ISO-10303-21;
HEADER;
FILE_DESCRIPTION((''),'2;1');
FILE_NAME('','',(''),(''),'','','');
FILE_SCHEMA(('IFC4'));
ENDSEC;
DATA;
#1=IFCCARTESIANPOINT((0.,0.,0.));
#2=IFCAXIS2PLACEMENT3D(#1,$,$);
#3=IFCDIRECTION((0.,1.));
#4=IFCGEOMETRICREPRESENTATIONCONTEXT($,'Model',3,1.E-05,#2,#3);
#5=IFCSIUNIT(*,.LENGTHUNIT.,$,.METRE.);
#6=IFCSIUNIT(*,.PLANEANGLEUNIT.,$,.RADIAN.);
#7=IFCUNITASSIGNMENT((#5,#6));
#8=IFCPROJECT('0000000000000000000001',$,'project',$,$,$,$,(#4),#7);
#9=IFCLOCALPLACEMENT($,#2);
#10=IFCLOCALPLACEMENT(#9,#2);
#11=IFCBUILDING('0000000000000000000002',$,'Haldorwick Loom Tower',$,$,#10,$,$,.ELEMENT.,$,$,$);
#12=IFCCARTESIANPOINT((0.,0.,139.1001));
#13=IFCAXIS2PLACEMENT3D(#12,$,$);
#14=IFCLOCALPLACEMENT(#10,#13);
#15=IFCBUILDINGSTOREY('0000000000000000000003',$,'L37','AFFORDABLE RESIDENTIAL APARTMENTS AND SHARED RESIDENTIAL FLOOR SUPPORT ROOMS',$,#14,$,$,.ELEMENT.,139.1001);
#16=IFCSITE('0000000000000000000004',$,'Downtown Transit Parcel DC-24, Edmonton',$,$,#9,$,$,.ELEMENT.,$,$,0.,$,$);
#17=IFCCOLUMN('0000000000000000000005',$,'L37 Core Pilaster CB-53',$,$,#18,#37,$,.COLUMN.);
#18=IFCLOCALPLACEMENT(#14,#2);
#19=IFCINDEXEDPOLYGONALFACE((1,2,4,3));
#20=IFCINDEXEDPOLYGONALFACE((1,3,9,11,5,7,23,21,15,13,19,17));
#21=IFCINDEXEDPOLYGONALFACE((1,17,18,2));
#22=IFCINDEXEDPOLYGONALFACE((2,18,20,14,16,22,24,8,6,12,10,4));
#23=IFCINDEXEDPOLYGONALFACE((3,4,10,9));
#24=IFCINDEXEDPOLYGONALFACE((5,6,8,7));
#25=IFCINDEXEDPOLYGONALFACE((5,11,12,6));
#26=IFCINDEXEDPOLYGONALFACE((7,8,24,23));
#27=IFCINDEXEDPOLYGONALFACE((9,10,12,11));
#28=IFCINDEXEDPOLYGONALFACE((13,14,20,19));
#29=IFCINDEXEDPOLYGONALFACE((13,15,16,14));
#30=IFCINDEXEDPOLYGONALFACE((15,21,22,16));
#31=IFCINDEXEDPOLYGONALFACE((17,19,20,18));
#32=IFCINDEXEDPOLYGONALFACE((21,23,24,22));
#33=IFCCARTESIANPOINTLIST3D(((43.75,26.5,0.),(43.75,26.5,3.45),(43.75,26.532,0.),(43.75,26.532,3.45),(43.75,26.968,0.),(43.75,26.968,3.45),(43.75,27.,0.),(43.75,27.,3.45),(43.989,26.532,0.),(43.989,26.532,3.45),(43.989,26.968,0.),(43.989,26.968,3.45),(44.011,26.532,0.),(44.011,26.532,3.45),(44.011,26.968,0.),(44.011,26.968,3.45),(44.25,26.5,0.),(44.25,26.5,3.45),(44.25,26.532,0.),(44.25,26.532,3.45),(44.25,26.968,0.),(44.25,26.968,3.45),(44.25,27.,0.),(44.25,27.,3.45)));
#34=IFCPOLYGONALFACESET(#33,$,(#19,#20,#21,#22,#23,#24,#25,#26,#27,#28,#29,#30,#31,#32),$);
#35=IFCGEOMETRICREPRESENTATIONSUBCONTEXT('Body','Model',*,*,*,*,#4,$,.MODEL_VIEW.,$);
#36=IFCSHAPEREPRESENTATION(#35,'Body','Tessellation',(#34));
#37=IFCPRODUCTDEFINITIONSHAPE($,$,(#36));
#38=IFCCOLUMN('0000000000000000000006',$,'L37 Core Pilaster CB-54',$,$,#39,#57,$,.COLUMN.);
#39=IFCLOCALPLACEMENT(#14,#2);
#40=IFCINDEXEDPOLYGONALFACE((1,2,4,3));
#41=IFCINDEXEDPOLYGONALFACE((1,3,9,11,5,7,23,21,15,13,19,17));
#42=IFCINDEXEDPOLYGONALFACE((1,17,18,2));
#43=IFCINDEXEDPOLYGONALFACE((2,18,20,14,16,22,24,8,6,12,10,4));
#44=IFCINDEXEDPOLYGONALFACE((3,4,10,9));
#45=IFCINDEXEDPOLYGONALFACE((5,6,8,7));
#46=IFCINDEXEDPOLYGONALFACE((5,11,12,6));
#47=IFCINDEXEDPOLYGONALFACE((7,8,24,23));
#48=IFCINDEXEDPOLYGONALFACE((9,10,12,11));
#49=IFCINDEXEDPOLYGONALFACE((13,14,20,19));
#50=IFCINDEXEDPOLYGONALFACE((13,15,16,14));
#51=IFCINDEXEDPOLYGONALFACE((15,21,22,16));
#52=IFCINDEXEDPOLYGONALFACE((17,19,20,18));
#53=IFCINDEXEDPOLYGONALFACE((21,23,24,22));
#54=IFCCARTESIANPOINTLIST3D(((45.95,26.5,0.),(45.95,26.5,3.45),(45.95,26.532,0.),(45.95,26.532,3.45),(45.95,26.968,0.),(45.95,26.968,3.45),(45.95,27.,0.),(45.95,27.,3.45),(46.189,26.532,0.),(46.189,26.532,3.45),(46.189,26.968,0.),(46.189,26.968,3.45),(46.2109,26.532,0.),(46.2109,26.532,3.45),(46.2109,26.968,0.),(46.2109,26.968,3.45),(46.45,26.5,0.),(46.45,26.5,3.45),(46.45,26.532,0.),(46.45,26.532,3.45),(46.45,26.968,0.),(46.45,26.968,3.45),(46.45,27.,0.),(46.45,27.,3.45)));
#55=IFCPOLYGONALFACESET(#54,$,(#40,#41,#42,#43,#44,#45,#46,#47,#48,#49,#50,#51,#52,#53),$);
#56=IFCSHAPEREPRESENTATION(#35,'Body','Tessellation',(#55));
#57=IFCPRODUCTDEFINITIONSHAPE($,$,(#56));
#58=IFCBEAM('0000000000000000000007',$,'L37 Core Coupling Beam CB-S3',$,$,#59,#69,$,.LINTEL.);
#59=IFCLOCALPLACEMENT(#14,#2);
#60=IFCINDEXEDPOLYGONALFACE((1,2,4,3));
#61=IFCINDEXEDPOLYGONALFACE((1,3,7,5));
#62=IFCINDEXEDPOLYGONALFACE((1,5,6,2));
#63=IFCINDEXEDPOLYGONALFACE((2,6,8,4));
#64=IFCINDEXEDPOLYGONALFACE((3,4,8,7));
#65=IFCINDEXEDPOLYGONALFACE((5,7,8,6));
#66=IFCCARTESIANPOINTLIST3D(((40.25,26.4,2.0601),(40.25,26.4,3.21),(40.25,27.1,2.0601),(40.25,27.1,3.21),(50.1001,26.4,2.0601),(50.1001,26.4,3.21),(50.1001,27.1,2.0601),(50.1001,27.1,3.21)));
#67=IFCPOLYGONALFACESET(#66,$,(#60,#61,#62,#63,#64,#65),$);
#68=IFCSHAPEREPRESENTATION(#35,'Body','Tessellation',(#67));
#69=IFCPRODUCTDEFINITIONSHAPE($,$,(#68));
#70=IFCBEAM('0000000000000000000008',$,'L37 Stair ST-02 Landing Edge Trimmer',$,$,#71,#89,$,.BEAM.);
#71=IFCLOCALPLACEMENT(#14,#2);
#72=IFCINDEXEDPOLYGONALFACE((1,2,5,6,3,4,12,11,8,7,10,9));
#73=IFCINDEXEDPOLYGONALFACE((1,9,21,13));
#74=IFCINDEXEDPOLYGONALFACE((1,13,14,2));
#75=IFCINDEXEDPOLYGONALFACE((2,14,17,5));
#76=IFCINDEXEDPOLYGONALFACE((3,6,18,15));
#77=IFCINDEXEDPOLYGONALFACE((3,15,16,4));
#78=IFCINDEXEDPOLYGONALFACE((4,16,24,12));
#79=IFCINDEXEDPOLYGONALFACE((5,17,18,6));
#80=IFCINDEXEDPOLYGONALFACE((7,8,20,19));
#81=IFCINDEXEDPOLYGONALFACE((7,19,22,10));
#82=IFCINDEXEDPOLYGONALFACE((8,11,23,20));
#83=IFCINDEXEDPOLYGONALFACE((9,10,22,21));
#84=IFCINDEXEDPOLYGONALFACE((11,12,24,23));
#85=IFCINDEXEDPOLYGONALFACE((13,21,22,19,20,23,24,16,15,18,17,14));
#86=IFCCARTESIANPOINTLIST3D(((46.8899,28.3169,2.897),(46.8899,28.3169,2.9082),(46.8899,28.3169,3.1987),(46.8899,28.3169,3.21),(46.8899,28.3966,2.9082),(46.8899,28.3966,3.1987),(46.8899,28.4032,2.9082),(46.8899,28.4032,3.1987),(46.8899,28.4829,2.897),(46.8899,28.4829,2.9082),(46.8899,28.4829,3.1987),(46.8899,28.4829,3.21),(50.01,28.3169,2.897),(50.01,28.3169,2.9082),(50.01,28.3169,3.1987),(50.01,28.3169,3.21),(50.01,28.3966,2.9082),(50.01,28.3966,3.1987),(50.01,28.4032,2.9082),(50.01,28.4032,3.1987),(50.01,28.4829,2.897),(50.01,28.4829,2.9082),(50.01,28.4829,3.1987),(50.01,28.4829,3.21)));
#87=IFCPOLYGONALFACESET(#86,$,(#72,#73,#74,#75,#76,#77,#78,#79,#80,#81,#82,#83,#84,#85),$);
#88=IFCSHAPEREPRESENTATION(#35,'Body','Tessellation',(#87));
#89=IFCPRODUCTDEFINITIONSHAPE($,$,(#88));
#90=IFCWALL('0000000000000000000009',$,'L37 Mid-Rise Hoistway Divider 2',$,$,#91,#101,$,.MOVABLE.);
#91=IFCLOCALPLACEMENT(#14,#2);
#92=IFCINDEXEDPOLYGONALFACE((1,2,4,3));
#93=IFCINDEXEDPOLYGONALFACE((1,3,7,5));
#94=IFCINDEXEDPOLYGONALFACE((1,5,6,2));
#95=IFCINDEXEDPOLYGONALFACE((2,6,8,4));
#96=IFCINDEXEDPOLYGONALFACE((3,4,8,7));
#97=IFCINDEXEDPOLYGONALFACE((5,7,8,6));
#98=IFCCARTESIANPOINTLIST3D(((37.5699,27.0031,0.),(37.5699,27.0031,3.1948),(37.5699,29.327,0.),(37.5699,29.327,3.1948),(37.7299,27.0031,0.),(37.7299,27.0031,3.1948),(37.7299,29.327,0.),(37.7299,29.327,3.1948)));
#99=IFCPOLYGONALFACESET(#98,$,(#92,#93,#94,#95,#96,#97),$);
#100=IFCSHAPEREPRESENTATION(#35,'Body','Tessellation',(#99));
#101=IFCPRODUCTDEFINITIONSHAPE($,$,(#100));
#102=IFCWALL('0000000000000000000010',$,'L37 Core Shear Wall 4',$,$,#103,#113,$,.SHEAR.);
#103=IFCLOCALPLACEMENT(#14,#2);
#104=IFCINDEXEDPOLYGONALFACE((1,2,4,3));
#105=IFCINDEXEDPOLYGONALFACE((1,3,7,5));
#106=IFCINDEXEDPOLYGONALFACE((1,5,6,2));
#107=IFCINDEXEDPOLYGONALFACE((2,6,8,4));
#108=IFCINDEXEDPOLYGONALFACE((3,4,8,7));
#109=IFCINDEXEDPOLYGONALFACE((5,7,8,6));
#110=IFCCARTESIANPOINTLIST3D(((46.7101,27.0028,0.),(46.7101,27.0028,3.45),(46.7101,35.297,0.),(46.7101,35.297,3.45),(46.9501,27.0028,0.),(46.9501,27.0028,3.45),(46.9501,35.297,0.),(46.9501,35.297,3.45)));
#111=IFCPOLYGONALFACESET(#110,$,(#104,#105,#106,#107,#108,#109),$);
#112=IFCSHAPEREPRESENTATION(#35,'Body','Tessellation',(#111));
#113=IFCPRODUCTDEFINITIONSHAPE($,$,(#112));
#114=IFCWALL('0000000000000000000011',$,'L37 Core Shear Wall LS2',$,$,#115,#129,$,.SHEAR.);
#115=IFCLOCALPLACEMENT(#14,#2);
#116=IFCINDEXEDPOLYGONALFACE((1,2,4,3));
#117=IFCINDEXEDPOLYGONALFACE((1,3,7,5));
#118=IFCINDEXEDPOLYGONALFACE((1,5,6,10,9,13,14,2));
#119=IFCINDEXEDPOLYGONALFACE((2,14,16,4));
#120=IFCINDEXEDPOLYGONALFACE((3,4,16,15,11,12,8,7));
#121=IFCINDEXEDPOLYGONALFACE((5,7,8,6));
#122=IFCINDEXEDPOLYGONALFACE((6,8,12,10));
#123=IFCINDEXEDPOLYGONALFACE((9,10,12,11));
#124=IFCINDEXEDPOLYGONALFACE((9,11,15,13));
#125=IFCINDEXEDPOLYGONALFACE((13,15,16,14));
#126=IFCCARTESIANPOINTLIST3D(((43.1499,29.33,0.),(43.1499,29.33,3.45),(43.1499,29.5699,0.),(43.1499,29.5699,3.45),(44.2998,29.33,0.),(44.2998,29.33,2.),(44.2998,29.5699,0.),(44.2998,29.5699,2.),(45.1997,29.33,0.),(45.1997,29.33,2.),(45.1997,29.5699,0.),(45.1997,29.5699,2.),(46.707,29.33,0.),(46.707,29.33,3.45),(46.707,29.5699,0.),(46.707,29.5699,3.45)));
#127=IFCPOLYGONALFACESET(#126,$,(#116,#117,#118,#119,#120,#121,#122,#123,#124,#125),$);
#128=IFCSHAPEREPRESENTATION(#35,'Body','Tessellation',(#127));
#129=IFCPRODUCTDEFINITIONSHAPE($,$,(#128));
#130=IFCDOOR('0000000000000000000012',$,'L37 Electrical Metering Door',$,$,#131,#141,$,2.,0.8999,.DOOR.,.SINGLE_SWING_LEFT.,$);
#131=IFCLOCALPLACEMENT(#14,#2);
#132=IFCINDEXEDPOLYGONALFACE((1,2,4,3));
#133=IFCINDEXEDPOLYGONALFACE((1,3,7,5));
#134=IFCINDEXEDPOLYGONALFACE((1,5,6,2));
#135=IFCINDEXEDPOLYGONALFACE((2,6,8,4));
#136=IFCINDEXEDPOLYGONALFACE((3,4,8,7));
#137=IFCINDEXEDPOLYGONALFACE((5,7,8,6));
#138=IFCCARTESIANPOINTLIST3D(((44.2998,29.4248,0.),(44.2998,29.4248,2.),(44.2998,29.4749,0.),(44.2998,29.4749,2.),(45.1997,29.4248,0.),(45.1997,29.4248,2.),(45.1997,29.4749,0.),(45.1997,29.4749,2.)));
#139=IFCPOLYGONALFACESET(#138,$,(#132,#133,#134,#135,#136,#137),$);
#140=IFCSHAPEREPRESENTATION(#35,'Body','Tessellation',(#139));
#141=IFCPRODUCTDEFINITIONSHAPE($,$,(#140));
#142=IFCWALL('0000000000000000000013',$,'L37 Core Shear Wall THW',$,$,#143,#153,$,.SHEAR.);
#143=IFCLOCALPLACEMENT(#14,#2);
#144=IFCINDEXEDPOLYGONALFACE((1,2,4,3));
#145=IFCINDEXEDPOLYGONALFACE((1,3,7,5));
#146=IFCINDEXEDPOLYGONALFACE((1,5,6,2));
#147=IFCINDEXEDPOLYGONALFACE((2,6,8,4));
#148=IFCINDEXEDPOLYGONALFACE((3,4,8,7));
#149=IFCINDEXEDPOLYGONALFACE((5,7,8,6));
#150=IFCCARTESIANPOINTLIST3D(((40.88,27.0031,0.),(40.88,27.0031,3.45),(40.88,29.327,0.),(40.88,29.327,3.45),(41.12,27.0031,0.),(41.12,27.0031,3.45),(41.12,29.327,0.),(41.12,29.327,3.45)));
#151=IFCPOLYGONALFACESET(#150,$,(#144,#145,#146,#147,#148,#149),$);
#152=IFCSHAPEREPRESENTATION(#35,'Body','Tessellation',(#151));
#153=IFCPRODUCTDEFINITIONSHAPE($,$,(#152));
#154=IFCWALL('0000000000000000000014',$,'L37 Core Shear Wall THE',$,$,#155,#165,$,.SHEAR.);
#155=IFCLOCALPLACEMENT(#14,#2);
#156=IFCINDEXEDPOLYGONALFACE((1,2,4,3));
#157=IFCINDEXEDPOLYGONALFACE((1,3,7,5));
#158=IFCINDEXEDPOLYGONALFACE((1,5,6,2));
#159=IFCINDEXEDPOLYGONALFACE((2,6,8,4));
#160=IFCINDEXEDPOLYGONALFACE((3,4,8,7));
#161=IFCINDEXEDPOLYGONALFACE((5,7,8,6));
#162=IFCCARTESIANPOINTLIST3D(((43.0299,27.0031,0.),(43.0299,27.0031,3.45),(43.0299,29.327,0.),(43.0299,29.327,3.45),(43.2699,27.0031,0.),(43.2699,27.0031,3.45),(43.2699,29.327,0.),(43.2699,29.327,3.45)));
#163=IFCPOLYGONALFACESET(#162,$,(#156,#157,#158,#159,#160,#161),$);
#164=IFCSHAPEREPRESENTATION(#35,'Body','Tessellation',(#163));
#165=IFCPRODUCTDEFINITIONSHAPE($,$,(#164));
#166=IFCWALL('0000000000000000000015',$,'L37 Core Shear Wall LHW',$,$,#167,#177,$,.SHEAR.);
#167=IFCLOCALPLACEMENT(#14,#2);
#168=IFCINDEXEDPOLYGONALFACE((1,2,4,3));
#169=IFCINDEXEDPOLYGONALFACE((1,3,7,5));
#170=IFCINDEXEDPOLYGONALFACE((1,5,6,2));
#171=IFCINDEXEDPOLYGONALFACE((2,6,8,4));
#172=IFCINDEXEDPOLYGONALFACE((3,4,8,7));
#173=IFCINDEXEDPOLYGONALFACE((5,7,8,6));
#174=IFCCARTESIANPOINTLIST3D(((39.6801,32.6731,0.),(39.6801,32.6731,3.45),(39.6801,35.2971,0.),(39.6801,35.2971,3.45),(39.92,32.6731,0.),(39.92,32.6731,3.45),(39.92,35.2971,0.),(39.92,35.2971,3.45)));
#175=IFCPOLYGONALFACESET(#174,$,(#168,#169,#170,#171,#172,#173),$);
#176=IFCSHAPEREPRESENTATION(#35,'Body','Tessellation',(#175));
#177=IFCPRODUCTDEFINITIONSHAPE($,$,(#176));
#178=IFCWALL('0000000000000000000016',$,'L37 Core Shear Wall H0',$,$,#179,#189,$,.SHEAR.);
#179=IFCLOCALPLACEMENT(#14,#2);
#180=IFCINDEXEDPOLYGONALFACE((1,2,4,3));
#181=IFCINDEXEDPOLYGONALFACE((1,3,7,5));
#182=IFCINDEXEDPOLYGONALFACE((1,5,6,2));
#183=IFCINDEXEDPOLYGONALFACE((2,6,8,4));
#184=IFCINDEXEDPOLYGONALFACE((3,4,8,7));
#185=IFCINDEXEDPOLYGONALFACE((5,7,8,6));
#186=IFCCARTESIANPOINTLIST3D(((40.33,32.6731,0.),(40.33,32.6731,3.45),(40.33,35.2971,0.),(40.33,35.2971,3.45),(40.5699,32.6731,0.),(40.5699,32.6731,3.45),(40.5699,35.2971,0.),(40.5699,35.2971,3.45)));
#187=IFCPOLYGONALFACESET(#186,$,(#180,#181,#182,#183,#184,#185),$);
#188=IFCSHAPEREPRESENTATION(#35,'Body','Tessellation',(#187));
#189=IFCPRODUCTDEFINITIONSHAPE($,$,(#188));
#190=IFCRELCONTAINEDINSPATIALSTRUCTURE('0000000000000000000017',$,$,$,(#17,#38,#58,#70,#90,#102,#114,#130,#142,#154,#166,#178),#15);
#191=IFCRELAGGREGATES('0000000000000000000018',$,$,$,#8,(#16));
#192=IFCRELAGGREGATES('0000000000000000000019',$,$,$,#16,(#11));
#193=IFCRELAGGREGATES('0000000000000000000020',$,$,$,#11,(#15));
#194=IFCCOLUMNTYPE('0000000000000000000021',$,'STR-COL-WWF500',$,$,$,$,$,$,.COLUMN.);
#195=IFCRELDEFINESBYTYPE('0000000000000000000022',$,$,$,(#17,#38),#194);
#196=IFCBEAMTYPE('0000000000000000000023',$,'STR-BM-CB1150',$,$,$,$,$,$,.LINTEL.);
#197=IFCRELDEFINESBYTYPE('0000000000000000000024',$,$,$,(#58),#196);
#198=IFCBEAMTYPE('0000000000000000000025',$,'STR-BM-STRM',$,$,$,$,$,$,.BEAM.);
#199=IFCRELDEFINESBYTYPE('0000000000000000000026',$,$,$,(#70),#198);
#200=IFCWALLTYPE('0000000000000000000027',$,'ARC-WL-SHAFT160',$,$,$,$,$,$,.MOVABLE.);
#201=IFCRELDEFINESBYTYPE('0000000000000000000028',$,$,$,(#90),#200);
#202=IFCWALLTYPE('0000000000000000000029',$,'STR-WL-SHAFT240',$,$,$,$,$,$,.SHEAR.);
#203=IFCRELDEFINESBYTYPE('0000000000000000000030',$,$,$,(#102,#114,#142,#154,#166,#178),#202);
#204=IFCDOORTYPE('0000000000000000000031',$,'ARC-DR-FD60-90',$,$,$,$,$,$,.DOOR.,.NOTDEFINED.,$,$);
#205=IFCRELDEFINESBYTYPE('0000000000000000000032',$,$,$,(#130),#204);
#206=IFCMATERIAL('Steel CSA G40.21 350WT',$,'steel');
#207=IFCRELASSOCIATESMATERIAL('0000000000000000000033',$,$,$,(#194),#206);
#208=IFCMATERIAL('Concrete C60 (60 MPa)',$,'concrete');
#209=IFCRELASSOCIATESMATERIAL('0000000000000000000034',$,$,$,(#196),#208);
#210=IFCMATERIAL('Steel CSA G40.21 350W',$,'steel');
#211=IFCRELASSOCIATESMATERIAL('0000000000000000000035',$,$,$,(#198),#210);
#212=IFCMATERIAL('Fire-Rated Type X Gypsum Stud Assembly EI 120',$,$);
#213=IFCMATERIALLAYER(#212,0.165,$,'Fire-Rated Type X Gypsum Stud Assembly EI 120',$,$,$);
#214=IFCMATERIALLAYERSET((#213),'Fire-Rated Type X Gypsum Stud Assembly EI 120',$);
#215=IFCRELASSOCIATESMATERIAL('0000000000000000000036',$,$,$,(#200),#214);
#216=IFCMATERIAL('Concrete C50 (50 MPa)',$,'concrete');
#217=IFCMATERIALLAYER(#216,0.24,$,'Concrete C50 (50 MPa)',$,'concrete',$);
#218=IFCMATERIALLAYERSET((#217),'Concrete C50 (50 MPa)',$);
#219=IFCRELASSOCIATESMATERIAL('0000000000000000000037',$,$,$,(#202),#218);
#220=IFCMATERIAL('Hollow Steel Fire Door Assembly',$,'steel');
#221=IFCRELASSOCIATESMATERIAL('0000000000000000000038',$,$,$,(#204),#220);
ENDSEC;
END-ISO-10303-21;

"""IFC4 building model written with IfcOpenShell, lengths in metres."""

from ifc_helpers import new_model, si_unit, direction, frame, frame_2d, origin, origin_2d, place, context, subcontext, project, spatial, rectangle, i_section, extrude, material, layer, layer_set, material_profile, profile_set, type_object, element, fill, save


model = new_model("IFC4")

# Units and contexts
model_context = context("Model", 3, precision=1e-05, world=origin(), true_north=direction((0.0, 1.0)))
body_context = subcontext(model_context, "Body", "Model", "MODEL_VIEW")
ifc_project = project(units=[si_unit("LENGTHUNIT", "METRE"), si_unit("PLANEANGLEUNIT", "RADIAN")], contexts=[model_context])

# Site, building, storey
site_placement = place(None, origin())
site = spatial("IfcSite", under=ifc_project, at=site_placement, Name="Downtown Transit Parcel DC-24, Edmonton", CompositionType="ELEMENT", RefElevation=0.0)
building_placement = place(site_placement, origin())
building = spatial("IfcBuilding", under=site, at=building_placement, Name="Haldorwick Loom Tower", CompositionType="ELEMENT")
storey_placement = place(building_placement, frame((0.0, 0.0, 139.1001)))
storey = spatial("IfcBuildingStorey", under=building, at=storey_placement, Name="L37", Description="AFFORDABLE RESIDENTIAL APARTMENTS AND SHARED RESIDENTIAL FLOOR SUPPORT ROOMS", CompositionType="ELEMENT", Elevation=139.1001)

# Columns
ifc_material_1 = material(Name="Steel CSA G40.21 350WT", Category="steel")
ifc_material_profile_1 = material_profile(ifc_material_1, i_section(OverallWidth=0.5, OverallDepth=0.5, WebThickness=0.022, FlangeThickness=0.032, at=origin_2d()), Name="WWF500X500", Category="steel")
ifc_profile_set_1 = profile_set([ifc_material_profile_1], Name="Steel CSA G40.21 350WT")
column_type = type_object("IfcColumnType", Name="STR-COL-WWF500", PredefinedType="COLUMN", material=ifc_profile_set_1)
for number, where, z_axis, x_axis, name in (
    (1, (44.0, 26.75, 0.0), (0.0, 0.0, 1.0), (1.0, 0.0, 0.0), "L37 Core Pilaster CB-53"),
    (2, (46.2, 26.75, 0.0), (0.0, 0.0, 1.0), (1.0, 0.0, 0.0), "L37 Core Pilaster CB-54"),
):
    element("IfcColumn", number, at=place(storey_placement, frame(where, z_axis=z_axis, x_axis=x_axis)), inside=storey, type_object=column_type, Name=name, PredefinedType="COLUMN", context=body_context, shape_type="SweptSolid", body=[
        extrude(i_section(OverallWidth=0.5, OverallDepth=0.5, WebThickness=0.022, FlangeThickness=0.032, at=origin_2d()), origin(), (0.0, 0.0, 1.0), 3.45),
    ])

# Beams
ifc_material_2 = material(Name="Concrete C60 (60 MPa)", Category="concrete")
ifc_material_profile_2 = material_profile(ifc_material_2, rectangle(XDim=0.7, YDim=1.1499, at=origin_2d()), Name="RC700X1150", Category="concrete")
ifc_profile_set_2 = profile_set([ifc_material_profile_2], Name="Concrete C60 (60 MPa)")
beam_type_1 = type_object("IfcBeamType", Name="STR-BM-CB1150", PredefinedType="LINTEL", material=ifc_profile_set_2)
beam_1_placement = place(storey_placement, frame((40.25, 26.75, 2.635), z_axis=(1.0, 0.0, 0.0), x_axis=(0.0, 1.0, 0.0)))
element("IfcBeam", 3, at=beam_1_placement, inside=storey, type_object=beam_type_1, Name="L37 Core Coupling Beam CB-S3", PredefinedType="LINTEL", context=body_context, shape_type="SweptSolid", body=[
    extrude(rectangle(XDim=0.7, YDim=1.1499, at=origin_2d()), origin(), (0.0, 0.0, 1.0), 9.8501),
])
ifc_material_3 = material(Name="Steel CSA G40.21 350W", Category="steel")
ifc_material_profile_3 = material_profile(ifc_material_3, i_section(OverallWidth=0.166, OverallDepth=0.313, WebThickness=0.0066, FlangeThickness=0.0112, at=origin_2d()), Name="W310X45", Category="steel")
ifc_profile_set_3 = profile_set([ifc_material_profile_3], Name="Steel CSA G40.21 350W")
beam_type_2 = type_object("IfcBeamType", Name="STR-BM-STRM", PredefinedType="BEAM", material=ifc_profile_set_3)
beam_2_placement = place(storey_placement, frame((46.8899, 28.3999, 3.0535), z_axis=(1.0, 0.0, 0.0), x_axis=(0.0, 1.0, 0.0)))
element("IfcBeam", 4, at=beam_2_placement, inside=storey, type_object=beam_type_2, Name="L37 Stair ST-02 Landing Edge Trimmer", PredefinedType="BEAM", context=body_context, shape_type="SweptSolid", body=[
    extrude(i_section(OverallWidth=0.166, OverallDepth=0.313, WebThickness=0.0066, FlangeThickness=0.0112, at=origin_2d()), origin(), (0.0, 0.0, 1.0), 3.1201),
])

# Walls
ifc_material_4 = material(Name="Fire-Rated Type X Gypsum Stud Assembly EI 120")
ifc_layer_1 = layer(ifc_material_4, 0.165, Name="Fire-Rated Type X Gypsum Stud Assembly EI 120")
ifc_layer_set_1 = layer_set([ifc_layer_1], Name="Fire-Rated Type X Gypsum Stud Assembly EI 120")
wall_type_1 = type_object("IfcWallType", Name="ARC-WL-SHAFT160", PredefinedType="MOVABLE", material=ifc_layer_set_1)
wall_1_placement = place(storey_placement, frame((37.6499, 27.0029, 0.0), z_axis=(0.0, 0.0, 1.0), x_axis=(0.0, 1.0, 0.0)))
element("IfcWall", 5, at=wall_1_placement, inside=storey, type_object=wall_type_1, Name="L37 Mid-Rise Hoistway Divider 2", PredefinedType="MOVABLE", context=body_context, shape_type="SweptSolid", body=[
    extrude(rectangle(XDim=2.324, YDim=0.1599, at=frame_2d((1.1621, 0.0))), origin(), (0.0, 0.0, 1.0), 3.1948),
])
ifc_material_5 = material(Name="Concrete C50 (50 MPa)", Category="concrete")
ifc_layer_2 = layer(ifc_material_5, 0.24, Name="Concrete C50 (50 MPa)", Category="concrete")
ifc_layer_set_2 = layer_set([ifc_layer_2], Name="Concrete C50 (50 MPa)")
wall_type_2 = type_object("IfcWallType", Name="STR-WL-SHAFT240", PredefinedType="SHEAR", material=ifc_layer_set_2)
wall_2_placement = place(storey_placement, frame((46.8301, 27.0029, 0.0), z_axis=(0.0, 0.0, 1.0), x_axis=(0.0, 1.0, 0.0)))
element("IfcWall", 6, at=wall_2_placement, inside=storey, type_object=wall_type_2, Name="L37 Core Shear Wall 4", PredefinedType="SHEAR", context=body_context, shape_type="SweptSolid", body=[
    extrude(rectangle(XDim=8.2942, YDim=0.24, at=frame_2d((4.147, 0.0))), origin(), (0.0, 0.0, 1.0), 3.45),
])

# Wall, opening, door
wall_3_placement = place(storey_placement, frame((43.1499, 29.45, 0.0), z_axis=(0.0, 0.0, 1.0), x_axis=(1.0, 0.0, 0.0)))
wall_3 = element("IfcWall", 7, at=wall_3_placement, inside=storey, type_object=wall_type_2, Name="L37 Core Shear Wall LS2", PredefinedType="SHEAR", context=body_context, shape_type="SweptSolid", body=[
    extrude(rectangle(XDim=3.5571, YDim=0.24, at=frame_2d((1.7786, 0.0))), origin(), (0.0, 0.0, 1.0), 3.45),
])
opening_placement = place(wall_3_placement, frame((1.1499, 0.0, 0.0)))
opening = element("IfcOpeningElement", 8, at=opening_placement, cuts=wall_3, PredefinedType="OPENING", context=body_context, shape_type="SweptSolid", body=[
    extrude(rectangle(XDim=0.8999, YDim=2.0, at=frame_2d((0.45, 1.0))), frame((0.0, 0.1299, 0.0), z_axis=(0.0, -1.0, 0.0), x_axis=(1.0, 0.0, 0.0)), (0.0, 0.0, 1.0), 0.26),
])
ifc_material_6 = material(Name="Hollow Steel Fire Door Assembly", Category="steel")
door_type = type_object("IfcDoorType", Name="ARC-DR-FD60-90", OperationType="NOTDEFINED", PredefinedType="DOOR", material=ifc_material_6)
door_placement = place(opening_placement, origin())
door = element("IfcDoor", 9, at=door_placement, inside=storey, type_object=door_type, Name="L37 Electrical Metering Door", OperationType="SINGLE_SWING_LEFT", OverallHeight=2.0, OverallWidth=0.8999, PredefinedType="DOOR", context=body_context, shape_type="SweptSolid", body=[
    extrude(rectangle(XDim=0.8999, YDim=2.0, at=frame_2d((0.45, 1.0))), frame((0.0, 0.0249, 0.0), z_axis=(0.0, -1.0, 0.0), x_axis=(1.0, 0.0, 0.0)), (0.0, 0.0, 1.0), 0.05),
])
fill(opening, door)

# Walls
for number, where, z_axis, x_axis, name in (
    (10, (41.0, 27.0029, 0.0), (0.0, 0.0, 1.0), (0.0, 1.0, 0.0), "L37 Core Shear Wall THW"),
    (11, (43.1499, 27.0029, 0.0), (0.0, 0.0, 1.0), (0.0, 1.0, 0.0), "L37 Core Shear Wall THE"),
):
    element("IfcWall", number, at=place(storey_placement, frame(where, z_axis=z_axis, x_axis=x_axis)), inside=storey, type_object=wall_type_2, Name=name, PredefinedType="SHEAR", context=body_context, shape_type="SweptSolid", body=[
        extrude(rectangle(XDim=2.324, YDim=0.24, at=frame_2d((1.1621, 0.0))), origin(), (0.0, 0.0, 1.0), 3.45),
    ])
for number, where, z_axis, x_axis, name in (
    (12, (39.8, 32.6731, 0.0), (0.0, 0.0, 1.0), (0.0, 1.0, 0.0), "L37 Core Shear Wall LHW"),
    (13, (40.45, 32.6731, 0.0), (0.0, 0.0, 1.0), (0.0, 1.0, 0.0), "L37 Core Shear Wall H0"),
):
    element("IfcWall", number, at=place(storey_placement, frame(where, z_axis=z_axis, x_axis=x_axis)), inside=storey, type_object=wall_type_2, Name=name, PredefinedType="SHEAR", context=body_context, shape_type="SweptSolid", body=[
        extrude(rectangle(XDim=2.624, YDim=0.24, at=frame_2d((1.312, 0.0))), origin(), (0.0, 0.0, 1.0), 3.45),
    ])

save(model, "model.ifc")
